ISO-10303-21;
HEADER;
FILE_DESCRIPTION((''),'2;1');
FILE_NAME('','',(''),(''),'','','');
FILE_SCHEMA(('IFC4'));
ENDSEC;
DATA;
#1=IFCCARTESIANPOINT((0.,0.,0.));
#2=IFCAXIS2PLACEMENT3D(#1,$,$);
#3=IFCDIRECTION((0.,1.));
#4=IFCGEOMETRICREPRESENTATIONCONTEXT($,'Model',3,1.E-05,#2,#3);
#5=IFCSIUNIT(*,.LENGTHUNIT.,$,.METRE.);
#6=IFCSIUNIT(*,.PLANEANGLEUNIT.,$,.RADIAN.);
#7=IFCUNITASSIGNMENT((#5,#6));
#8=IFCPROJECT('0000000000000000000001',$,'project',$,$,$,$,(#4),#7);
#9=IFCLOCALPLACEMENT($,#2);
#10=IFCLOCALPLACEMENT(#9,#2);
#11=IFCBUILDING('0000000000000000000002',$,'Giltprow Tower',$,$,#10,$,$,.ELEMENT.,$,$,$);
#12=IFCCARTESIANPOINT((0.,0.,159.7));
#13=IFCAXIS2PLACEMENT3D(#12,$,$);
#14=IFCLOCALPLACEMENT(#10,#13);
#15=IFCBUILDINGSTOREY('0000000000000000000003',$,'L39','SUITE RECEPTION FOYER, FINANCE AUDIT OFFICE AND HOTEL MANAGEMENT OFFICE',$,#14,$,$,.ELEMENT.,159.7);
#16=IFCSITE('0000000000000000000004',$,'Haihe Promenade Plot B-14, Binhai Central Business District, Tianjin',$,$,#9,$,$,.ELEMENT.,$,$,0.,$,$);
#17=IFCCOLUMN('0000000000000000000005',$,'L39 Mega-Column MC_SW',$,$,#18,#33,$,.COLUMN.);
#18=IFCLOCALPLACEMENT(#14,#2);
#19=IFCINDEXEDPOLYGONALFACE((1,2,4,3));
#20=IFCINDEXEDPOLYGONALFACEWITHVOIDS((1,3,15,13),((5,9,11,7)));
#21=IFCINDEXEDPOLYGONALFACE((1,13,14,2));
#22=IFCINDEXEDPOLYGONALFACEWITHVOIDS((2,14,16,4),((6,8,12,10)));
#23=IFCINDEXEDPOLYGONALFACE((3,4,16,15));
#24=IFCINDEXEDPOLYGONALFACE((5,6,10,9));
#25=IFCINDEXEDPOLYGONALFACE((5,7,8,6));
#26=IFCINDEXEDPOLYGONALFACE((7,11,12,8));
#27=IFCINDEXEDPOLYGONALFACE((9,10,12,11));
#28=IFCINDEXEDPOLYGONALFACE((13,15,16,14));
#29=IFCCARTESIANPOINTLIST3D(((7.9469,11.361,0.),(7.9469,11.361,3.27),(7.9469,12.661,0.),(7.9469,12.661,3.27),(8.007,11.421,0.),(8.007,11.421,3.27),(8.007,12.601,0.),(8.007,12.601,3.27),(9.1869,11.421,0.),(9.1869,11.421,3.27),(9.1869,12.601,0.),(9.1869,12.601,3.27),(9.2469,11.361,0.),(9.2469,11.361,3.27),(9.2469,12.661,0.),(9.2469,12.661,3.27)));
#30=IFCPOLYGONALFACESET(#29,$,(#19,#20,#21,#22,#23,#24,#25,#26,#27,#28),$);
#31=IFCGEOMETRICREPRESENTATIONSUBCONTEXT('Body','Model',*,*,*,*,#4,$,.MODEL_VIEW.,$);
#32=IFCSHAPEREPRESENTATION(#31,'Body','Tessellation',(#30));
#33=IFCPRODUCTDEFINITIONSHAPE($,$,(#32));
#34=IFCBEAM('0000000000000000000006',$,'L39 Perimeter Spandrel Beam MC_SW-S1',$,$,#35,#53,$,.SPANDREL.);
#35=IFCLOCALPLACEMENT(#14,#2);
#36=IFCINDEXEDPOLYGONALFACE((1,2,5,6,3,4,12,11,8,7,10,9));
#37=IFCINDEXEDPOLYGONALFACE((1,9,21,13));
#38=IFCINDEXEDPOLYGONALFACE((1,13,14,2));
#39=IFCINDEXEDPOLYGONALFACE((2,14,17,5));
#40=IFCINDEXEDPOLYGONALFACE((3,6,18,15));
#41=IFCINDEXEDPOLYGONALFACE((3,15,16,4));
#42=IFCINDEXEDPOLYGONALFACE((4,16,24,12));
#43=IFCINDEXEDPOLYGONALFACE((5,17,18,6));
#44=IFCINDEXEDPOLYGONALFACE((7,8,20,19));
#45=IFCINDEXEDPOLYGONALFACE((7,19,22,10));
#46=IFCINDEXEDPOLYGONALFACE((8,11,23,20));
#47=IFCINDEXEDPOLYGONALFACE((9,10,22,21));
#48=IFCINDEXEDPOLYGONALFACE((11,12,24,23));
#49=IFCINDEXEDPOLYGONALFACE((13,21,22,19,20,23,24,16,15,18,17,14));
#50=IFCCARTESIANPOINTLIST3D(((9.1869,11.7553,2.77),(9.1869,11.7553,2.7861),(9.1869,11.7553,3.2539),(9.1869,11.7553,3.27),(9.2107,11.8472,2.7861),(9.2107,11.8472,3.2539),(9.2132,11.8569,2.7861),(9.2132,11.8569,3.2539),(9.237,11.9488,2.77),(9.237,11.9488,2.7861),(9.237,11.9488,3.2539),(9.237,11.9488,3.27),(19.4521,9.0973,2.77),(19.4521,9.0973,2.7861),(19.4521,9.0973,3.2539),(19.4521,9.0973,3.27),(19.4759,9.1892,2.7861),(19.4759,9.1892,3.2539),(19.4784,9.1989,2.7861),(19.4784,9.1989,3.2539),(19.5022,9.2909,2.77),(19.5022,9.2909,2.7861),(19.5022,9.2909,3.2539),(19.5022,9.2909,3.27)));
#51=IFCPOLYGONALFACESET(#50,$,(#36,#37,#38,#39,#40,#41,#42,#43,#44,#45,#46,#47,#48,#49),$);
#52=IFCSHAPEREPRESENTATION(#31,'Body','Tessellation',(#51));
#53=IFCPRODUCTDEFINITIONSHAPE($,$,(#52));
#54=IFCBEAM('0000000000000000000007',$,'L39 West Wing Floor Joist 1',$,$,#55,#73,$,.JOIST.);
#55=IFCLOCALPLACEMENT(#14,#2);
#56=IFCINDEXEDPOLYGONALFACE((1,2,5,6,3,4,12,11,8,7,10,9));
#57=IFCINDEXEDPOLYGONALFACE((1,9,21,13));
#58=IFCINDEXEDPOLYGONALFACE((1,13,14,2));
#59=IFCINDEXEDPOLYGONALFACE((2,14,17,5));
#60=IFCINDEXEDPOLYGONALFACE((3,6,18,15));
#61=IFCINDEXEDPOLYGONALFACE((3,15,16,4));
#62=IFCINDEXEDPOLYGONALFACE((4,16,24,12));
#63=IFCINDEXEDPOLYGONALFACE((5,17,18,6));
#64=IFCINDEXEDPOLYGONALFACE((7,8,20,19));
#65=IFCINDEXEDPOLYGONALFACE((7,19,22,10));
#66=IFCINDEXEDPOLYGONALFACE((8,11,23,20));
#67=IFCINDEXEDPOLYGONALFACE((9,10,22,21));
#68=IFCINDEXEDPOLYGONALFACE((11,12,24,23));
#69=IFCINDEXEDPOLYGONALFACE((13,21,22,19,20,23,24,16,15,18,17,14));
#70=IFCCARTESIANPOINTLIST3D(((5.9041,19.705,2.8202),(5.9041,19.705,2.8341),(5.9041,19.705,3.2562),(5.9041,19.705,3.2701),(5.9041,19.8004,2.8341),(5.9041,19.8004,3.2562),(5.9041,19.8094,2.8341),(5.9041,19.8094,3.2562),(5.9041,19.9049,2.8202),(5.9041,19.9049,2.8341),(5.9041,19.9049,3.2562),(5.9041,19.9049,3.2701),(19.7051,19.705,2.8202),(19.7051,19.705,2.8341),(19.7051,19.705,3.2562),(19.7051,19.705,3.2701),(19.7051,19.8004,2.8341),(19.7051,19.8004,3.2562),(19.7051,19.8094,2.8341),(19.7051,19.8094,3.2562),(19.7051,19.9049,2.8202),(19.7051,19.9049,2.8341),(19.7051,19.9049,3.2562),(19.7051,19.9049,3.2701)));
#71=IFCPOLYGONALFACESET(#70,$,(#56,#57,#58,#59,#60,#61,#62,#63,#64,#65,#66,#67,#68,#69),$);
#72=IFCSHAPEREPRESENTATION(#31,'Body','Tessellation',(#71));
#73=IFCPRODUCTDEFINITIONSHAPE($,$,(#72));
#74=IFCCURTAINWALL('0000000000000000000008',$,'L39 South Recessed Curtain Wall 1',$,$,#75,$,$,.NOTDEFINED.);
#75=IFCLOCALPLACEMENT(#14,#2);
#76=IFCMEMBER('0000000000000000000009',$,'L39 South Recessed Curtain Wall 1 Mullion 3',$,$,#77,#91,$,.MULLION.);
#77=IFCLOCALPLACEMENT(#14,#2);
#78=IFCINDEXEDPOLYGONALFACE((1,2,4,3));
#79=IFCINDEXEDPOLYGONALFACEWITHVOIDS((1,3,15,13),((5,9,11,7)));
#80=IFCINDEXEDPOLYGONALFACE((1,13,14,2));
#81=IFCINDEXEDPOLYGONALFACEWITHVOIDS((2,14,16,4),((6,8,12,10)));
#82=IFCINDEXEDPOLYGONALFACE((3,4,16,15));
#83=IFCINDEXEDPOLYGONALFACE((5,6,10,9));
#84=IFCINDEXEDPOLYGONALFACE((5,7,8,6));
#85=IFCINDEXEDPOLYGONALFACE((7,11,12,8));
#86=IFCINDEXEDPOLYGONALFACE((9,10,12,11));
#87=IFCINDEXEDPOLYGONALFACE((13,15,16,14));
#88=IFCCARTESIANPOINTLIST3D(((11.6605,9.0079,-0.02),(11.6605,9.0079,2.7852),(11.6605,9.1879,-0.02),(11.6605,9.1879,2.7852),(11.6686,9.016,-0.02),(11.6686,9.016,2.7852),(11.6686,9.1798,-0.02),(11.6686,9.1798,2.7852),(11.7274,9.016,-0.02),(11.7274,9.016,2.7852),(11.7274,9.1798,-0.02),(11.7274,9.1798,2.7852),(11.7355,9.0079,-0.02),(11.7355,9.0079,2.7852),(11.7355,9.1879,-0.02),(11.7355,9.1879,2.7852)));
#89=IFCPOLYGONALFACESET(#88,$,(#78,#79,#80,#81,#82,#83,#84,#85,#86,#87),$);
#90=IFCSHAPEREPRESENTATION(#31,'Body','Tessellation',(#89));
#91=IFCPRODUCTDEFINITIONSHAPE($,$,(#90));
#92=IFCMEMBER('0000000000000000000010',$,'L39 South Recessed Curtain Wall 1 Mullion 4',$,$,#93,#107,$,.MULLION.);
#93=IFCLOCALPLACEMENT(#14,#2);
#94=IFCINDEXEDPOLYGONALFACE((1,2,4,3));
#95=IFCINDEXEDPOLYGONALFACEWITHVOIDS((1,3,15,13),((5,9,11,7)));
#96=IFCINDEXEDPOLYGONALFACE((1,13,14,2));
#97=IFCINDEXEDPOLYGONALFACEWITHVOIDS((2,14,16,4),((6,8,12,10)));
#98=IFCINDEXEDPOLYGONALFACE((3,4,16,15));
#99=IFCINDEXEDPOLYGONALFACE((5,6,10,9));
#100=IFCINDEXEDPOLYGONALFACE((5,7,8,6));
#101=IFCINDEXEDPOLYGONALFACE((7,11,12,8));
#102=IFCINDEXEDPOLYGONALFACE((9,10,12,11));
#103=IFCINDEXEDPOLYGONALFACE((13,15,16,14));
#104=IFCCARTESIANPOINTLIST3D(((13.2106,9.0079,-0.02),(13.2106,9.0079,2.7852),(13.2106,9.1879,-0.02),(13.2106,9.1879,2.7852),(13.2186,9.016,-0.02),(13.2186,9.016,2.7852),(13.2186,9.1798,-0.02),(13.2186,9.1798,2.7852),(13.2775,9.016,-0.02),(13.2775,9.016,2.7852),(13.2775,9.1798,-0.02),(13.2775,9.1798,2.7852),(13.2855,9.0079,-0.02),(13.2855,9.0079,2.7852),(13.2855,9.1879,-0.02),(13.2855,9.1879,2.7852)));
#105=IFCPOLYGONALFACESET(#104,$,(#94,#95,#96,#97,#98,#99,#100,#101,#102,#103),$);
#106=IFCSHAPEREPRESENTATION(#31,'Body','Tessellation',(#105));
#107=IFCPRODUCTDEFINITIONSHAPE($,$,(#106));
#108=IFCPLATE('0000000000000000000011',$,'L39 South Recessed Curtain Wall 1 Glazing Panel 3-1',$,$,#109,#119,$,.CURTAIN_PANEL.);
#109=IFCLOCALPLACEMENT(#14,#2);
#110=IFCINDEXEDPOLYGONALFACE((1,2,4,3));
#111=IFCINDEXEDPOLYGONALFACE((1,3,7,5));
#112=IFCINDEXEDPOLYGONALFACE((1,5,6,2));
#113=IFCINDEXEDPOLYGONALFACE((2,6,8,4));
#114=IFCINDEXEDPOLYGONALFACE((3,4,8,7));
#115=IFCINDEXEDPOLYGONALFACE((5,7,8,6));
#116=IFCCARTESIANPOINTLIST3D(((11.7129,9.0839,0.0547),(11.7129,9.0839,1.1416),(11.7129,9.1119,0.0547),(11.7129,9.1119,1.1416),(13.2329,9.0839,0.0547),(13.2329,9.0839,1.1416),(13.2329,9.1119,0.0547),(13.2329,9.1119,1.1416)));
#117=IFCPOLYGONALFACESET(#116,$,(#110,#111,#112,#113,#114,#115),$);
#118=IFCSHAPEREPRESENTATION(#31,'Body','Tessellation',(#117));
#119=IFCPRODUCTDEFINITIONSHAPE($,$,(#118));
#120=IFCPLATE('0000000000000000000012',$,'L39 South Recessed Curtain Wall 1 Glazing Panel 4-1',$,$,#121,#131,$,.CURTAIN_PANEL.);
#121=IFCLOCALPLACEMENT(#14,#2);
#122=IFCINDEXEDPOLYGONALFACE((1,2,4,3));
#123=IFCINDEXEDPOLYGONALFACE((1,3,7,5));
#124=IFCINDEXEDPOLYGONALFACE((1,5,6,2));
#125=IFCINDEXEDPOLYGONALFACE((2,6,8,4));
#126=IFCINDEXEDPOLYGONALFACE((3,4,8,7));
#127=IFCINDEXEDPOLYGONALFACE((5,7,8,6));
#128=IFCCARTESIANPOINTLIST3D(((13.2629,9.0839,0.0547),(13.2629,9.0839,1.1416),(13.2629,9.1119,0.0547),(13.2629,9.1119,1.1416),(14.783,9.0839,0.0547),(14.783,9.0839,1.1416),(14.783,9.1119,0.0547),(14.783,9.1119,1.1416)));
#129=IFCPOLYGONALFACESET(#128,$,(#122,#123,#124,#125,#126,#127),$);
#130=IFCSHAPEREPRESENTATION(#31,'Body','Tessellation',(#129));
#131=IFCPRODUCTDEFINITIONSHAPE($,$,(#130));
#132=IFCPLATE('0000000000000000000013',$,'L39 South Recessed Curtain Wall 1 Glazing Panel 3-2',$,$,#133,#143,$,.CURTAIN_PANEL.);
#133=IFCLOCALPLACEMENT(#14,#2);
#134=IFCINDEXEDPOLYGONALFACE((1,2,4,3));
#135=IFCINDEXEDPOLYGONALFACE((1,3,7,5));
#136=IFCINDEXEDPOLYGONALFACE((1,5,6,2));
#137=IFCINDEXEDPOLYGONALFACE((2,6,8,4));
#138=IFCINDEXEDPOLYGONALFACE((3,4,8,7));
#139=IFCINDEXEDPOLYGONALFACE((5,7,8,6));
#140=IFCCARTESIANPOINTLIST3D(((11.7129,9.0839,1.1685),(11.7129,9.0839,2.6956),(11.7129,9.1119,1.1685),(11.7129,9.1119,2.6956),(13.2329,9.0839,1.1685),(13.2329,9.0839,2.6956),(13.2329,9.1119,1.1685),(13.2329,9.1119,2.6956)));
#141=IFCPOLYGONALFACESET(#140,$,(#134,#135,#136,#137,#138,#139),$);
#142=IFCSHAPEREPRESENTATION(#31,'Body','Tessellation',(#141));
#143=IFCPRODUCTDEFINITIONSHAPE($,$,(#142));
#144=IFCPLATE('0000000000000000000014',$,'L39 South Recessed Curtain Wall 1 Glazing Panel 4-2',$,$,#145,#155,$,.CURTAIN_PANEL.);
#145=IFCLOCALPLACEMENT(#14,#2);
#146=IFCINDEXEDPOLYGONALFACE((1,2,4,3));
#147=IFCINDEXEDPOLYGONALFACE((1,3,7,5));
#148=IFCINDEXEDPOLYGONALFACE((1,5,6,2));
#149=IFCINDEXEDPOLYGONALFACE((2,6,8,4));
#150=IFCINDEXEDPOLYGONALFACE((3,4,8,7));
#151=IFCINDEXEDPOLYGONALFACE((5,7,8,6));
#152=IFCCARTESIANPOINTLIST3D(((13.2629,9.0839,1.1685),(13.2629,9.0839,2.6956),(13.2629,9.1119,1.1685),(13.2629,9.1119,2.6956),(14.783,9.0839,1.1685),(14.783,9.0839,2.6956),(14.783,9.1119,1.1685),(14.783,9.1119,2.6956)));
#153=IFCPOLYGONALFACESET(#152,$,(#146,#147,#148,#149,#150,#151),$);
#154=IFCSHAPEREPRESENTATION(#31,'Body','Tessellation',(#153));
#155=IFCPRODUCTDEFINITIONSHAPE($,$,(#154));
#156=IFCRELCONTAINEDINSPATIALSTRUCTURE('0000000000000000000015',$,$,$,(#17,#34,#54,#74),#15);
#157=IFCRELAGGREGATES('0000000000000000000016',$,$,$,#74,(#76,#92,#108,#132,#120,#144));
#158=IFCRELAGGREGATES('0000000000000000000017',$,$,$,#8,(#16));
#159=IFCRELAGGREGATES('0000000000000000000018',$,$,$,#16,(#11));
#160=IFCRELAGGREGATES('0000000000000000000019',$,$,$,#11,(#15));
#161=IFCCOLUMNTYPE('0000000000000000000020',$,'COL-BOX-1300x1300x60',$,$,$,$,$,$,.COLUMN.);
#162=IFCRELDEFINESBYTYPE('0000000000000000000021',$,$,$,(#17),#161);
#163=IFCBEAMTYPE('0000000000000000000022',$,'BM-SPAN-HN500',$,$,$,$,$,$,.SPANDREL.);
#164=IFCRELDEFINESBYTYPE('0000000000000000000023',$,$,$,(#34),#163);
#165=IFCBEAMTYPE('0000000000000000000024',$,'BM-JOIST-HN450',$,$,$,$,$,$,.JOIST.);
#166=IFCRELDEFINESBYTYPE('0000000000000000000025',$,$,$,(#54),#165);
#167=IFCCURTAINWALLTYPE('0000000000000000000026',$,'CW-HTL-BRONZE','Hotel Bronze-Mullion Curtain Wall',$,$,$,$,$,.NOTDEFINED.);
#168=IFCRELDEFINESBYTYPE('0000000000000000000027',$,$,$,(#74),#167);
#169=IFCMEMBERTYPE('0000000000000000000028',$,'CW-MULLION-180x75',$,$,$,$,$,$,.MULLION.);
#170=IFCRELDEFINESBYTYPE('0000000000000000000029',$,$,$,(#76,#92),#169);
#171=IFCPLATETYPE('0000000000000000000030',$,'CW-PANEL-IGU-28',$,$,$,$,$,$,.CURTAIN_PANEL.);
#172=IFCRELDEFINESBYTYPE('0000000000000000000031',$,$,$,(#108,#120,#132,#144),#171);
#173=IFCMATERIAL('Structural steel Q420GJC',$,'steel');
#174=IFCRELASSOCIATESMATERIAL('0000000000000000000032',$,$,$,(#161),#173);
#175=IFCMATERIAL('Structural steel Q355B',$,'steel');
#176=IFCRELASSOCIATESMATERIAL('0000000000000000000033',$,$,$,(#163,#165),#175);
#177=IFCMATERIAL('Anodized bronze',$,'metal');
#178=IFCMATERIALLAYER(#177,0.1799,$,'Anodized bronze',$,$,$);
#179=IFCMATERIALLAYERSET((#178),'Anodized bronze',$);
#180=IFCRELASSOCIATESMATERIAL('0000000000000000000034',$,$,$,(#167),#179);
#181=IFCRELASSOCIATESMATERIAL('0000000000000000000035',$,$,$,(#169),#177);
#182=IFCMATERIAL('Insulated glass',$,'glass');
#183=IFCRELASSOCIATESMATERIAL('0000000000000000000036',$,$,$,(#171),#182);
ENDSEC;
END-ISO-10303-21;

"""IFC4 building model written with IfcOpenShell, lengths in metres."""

from ifc_helpers import new_model, si_unit, direction, frame, origin, origin_2d, place, context, subcontext, project, spatial, rectangle, hollow_rectangle, i_section, extrude, source, transform, mapped, material, layer, layer_set, material_profile, profile_set, type_object, element, aggregate, save


model = new_model("IFC4")

# Units and contexts
model_context = context("Model", 3, precision=1e-05, world=origin(), true_north=direction((0.0, 1.0)))
body_context = subcontext(model_context, "Body", "Model", "MODEL_VIEW")
ifc_project = project(units=[si_unit("LENGTHUNIT", "METRE"), si_unit("PLANEANGLEUNIT", "RADIAN")], contexts=[model_context])

# Site, building, storey
site_placement = place(None, origin())
site = spatial("IfcSite", under=ifc_project, at=site_placement, Name="Haihe Promenade Plot B-14, Binhai Central Business District, Tianjin", CompositionType="ELEMENT", RefElevation=0.0)
building_placement = place(site_placement, origin())
building = spatial("IfcBuilding", under=site, at=building_placement, Name="Giltprow Tower", CompositionType="ELEMENT")
storey_placement = place(building_placement, frame((0.0, 0.0, 159.7)))
storey = spatial("IfcBuildingStorey", under=building, at=storey_placement, Name="L39", Description="SUITE RECEPTION FOYER, FINANCE AUDIT OFFICE AND HOTEL MANAGEMENT OFFICE", CompositionType="ELEMENT", Elevation=159.7)

# Column
ifc_material_1 = material(Name="Structural steel Q420GJC", Category="steel")
ifc_material_profile_1 = material_profile(ifc_material_1, hollow_rectangle(XDim=1.3, YDim=1.3, WallThickness=0.0601, at=origin_2d()), Name="BOX 1300x1300x60")
ifc_profile_set_1 = profile_set([ifc_material_profile_1], Name="Structural steel Q420GJC")
column_type = type_object("IfcColumnType", Name="COL-BOX-1300x1300x60", PredefinedType="COLUMN", material=ifc_profile_set_1)
shared_shape_1 = source(origin(), body_context, "Body", "SweptSolid", [
    extrude(hollow_rectangle(XDim=1.3, YDim=1.3, WallThickness=0.0601, at=origin_2d()), origin(), (0.0, 0.0, 1.0), 3.27),
])
column_placement = place(storey_placement, frame((8.5969, 12.011, 0.0), z_axis=(0.0, 0.0, 1.0), x_axis=(1.0, 0.0, 0.0)))
element("IfcColumn", 1, at=column_placement, inside=storey, type_object=column_type, Name="L39 Mega-Column MC_SW", PredefinedType="COLUMN", context=body_context, shape_type="MappedRepresentation", body=[
    mapped(shared_shape_1, transform((0.0, 0.0, 0.0), x_axis=(1.0, 0.0, 0.0), y_axis=(0.0, 1.0, 0.0), z_axis=(0.0, 0.0, 1.0), scale=1.0)),
])

# Beams
ifc_material_2 = material(Name="Structural steel Q355B", Category="steel")
ifc_material_profile_2 = material_profile(ifc_material_2, i_section(OverallWidth=0.2, OverallDepth=0.5, WebThickness=0.01, FlangeThickness=0.0161, at=origin_2d()), Name="HN 500x200x10x16")
ifc_profile_set_2 = profile_set([ifc_material_profile_2], Name="Structural steel Q355B")
beam_type_1 = type_object("IfcBeamType", Name="BM-SPAN-HN500", PredefinedType="SPANDREL", material=ifc_profile_set_2)
shared_shape_2 = source(origin(), body_context, "Body", "SweptSolid", [
    extrude(i_section(OverallWidth=0.2, OverallDepth=0.5, WebThickness=0.01, FlangeThickness=0.0161, at=origin_2d()), origin(), (0.0, 0.0, 1.0), 10.6038),
])
beam_1_placement = place(storey_placement, frame((9.2119, 11.8521, 3.02), z_axis=(0.968074, -0.250664, 0.0), x_axis=(0.250664, 0.968074, 0.0)))
element("IfcBeam", 2, at=beam_1_placement, inside=storey, type_object=beam_type_1, Name="L39 Perimeter Spandrel Beam MC_SW-S1", PredefinedType="SPANDREL", context=body_context, shape_type="MappedRepresentation", body=[
    mapped(shared_shape_2, transform((0.0, 0.0, 0.0), x_axis=(1.0, 0.0, 0.0), y_axis=(0.0, 1.0, 0.0), z_axis=(0.0, 0.0, 1.0), scale=1.0)),
])
ifc_material_profile_3 = material_profile(ifc_material_2, i_section(OverallWidth=0.2, OverallDepth=0.45, WebThickness=0.009, FlangeThickness=0.0139, at=origin_2d()), Name="HN 450x200x9x14")
ifc_profile_set_3 = profile_set([ifc_material_profile_3], Name="Structural steel Q355B")
beam_type_2 = type_object("IfcBeamType", Name="BM-JOIST-HN450", PredefinedType="JOIST", material=ifc_profile_set_3)
shared_shape_3 = source(origin(), body_context, "Body", "SweptSolid", [
    extrude(i_section(OverallWidth=0.2, OverallDepth=0.45, WebThickness=0.009, FlangeThickness=0.0139, at=origin_2d()), origin(), (0.0, 0.0, 1.0), 13.801),
])
beam_2_placement = place(storey_placement, frame((5.9041, 19.8049, 3.0452), z_axis=(1.0, 0.0, 0.0), x_axis=(0.0, 1.0, 0.0)))
element("IfcBeam", 3, at=beam_2_placement, inside=storey, type_object=beam_type_2, Name="L39 West Wing Floor Joist 1", PredefinedType="JOIST", context=body_context, shape_type="MappedRepresentation", body=[
    mapped(shared_shape_3, transform((0.0, 0.0, 0.0), x_axis=(1.0, 0.0, 0.0), y_axis=(0.0, 1.0, 0.0), z_axis=(0.0, 0.0, 1.0), scale=1.0)),
])

# Curtain wall, members, plates
ifc_material_3 = material(Name="Anodized bronze", Category="metal")
ifc_layer_1 = layer(ifc_material_3, 0.1799, Name="Anodized bronze")
ifc_layer_set_1 = layer_set([ifc_layer_1], Name="Anodized bronze")
curtain_wall_type = type_object("IfcCurtainWallType", Name="CW-HTL-BRONZE", Description="Hotel Bronze-Mullion Curtain Wall", PredefinedType="NOTDEFINED", material=ifc_layer_set_1)
curtain_wall_placement = place(storey_placement, origin())
curtain_wall = element("IfcCurtainWall", 4, at=curtain_wall_placement, inside=storey, type_object=curtain_wall_type, Name="L39 South Recessed Curtain Wall 1", PredefinedType="NOTDEFINED")
ifc_material_profile_4 = material_profile(ifc_material_3, hollow_rectangle(XDim=0.075, YDim=0.1799, WallThickness=0.0081, at=origin_2d()), Name="RHS 180x75x8")
ifc_profile_set_4 = profile_set([ifc_material_profile_4], Name="Anodized bronze")
member_type = type_object("IfcMemberType", Name="CW-MULLION-180x75", PredefinedType="MULLION", material=ifc_profile_set_4)
shared_shape_4 = source(origin(), body_context, "Body", "SweptSolid", [
    extrude(hollow_rectangle(XDim=0.075, YDim=0.1799, WallThickness=0.0081, at=origin_2d()), origin(), (0.0, 0.0, 1.0), 2.8052),
])
member_1_placement = place(storey_placement, frame((11.698, 9.0979, -0.02), z_axis=(0.0, 0.0, 1.0), x_axis=(1.0, 0.0, 0.0)))
member_1 = element("IfcMember", 5, at=member_1_placement, type_object=member_type, Name="L39 South Recessed Curtain Wall 1 Mullion 3", PredefinedType="MULLION", context=body_context, shape_type="MappedRepresentation", body=[
    mapped(shared_shape_4, transform((0.0, 0.0, 0.0), x_axis=(1.0, 0.0, 0.0), y_axis=(0.0, 1.0, 0.0), z_axis=(0.0, 0.0, 1.0), scale=1.0)),
])
member_2_placement = place(storey_placement, frame((13.248, 9.0979, -0.02), z_axis=(0.0, 0.0, 1.0), x_axis=(1.0, 0.0, 0.0)))
member_2 = element("IfcMember", 6, at=member_2_placement, type_object=member_type, Name="L39 South Recessed Curtain Wall 1 Mullion 4", PredefinedType="MULLION", context=body_context, shape_type="MappedRepresentation", body=[
    mapped(shared_shape_4, transform((0.0, 0.0, 0.0), x_axis=(1.0, 0.0, 0.0), y_axis=(0.0, 1.0, 0.0), z_axis=(0.0, 0.0, 1.0), scale=1.0)),
])
ifc_material_4 = material(Name="Insulated glass", Category="glass")
plate_type = type_object("IfcPlateType", Name="CW-PANEL-IGU-28", PredefinedType="CURTAIN_PANEL", material=ifc_material_4)
shared_shape_5 = source(origin(), body_context, "Body", "SweptSolid", [
    extrude(rectangle(XDim=1.52, YDim=0.0281, at=origin_2d()), origin(), (0.0, 0.0, 1.0), 1.0869),
])
plate_1_placement = place(storey_placement, frame((12.4729, 9.0979, 0.0547), z_axis=(0.0, 0.0, 1.0), x_axis=(1.0, 0.0, 0.0)))
plate_1 = element("IfcPlate", 7, at=plate_1_placement, type_object=plate_type, Name="L39 South Recessed Curtain Wall 1 Glazing Panel 3-1", PredefinedType="CURTAIN_PANEL", context=body_context, shape_type="MappedRepresentation", body=[
    mapped(shared_shape_5, transform((0.0, 0.0, 0.0), x_axis=(1.0, 0.0, 0.0), y_axis=(0.0, 1.0, 0.0), z_axis=(0.0, 0.0, 1.0), scale=1.0)),
])
plate_2_placement = place(storey_placement, frame((14.0229, 9.0979, 0.0547), z_axis=(0.0, 0.0, 1.0), x_axis=(1.0, 0.0, 0.0)))
plate_2 = element("IfcPlate", 8, at=plate_2_placement, type_object=plate_type, Name="L39 South Recessed Curtain Wall 1 Glazing Panel 4-1", PredefinedType="CURTAIN_PANEL", context=body_context, shape_type="MappedRepresentation", body=[
    mapped(shared_shape_5, transform((0.0, 0.0, 0.0), x_axis=(1.0, 0.0, 0.0), y_axis=(0.0, 1.0, 0.0), z_axis=(0.0, 0.0, 1.0), scale=1.0)),
])
shared_shape_6 = source(origin(), body_context, "Body", "SweptSolid", [
    extrude(rectangle(XDim=1.52, YDim=0.0281, at=origin_2d()), origin(), (0.0, 0.0, 1.0), 1.5271),
])
plate_3_placement = place(storey_placement, frame((12.4729, 9.0979, 1.1685), z_axis=(0.0, 0.0, 1.0), x_axis=(1.0, 0.0, 0.0)))
plate_3 = element("IfcPlate", 9, at=plate_3_placement, type_object=plate_type, Name="L39 South Recessed Curtain Wall 1 Glazing Panel 3-2", PredefinedType="CURTAIN_PANEL", context=body_context, shape_type="MappedRepresentation", body=[
    mapped(shared_shape_6, transform((0.0, 0.0, 0.0), x_axis=(1.0, 0.0, 0.0), y_axis=(0.0, 1.0, 0.0), z_axis=(0.0, 0.0, 1.0), scale=1.0)),
])
plate_4_placement = place(storey_placement, frame((14.0229, 9.0979, 1.1685), z_axis=(0.0, 0.0, 1.0), x_axis=(1.0, 0.0, 0.0)))
plate_4 = element("IfcPlate", 10, at=plate_4_placement, type_object=plate_type, Name="L39 South Recessed Curtain Wall 1 Glazing Panel 4-2", PredefinedType="CURTAIN_PANEL", context=body_context, shape_type="MappedRepresentation", body=[
    mapped(shared_shape_6, transform((0.0, 0.0, 0.0), x_axis=(1.0, 0.0, 0.0), y_axis=(0.0, 1.0, 0.0), z_axis=(0.0, 0.0, 1.0), scale=1.0)),
])
aggregate(curtain_wall, [member_1, member_2, plate_1, plate_3, plate_2, plate_4])

save(model, "model.ifc")
